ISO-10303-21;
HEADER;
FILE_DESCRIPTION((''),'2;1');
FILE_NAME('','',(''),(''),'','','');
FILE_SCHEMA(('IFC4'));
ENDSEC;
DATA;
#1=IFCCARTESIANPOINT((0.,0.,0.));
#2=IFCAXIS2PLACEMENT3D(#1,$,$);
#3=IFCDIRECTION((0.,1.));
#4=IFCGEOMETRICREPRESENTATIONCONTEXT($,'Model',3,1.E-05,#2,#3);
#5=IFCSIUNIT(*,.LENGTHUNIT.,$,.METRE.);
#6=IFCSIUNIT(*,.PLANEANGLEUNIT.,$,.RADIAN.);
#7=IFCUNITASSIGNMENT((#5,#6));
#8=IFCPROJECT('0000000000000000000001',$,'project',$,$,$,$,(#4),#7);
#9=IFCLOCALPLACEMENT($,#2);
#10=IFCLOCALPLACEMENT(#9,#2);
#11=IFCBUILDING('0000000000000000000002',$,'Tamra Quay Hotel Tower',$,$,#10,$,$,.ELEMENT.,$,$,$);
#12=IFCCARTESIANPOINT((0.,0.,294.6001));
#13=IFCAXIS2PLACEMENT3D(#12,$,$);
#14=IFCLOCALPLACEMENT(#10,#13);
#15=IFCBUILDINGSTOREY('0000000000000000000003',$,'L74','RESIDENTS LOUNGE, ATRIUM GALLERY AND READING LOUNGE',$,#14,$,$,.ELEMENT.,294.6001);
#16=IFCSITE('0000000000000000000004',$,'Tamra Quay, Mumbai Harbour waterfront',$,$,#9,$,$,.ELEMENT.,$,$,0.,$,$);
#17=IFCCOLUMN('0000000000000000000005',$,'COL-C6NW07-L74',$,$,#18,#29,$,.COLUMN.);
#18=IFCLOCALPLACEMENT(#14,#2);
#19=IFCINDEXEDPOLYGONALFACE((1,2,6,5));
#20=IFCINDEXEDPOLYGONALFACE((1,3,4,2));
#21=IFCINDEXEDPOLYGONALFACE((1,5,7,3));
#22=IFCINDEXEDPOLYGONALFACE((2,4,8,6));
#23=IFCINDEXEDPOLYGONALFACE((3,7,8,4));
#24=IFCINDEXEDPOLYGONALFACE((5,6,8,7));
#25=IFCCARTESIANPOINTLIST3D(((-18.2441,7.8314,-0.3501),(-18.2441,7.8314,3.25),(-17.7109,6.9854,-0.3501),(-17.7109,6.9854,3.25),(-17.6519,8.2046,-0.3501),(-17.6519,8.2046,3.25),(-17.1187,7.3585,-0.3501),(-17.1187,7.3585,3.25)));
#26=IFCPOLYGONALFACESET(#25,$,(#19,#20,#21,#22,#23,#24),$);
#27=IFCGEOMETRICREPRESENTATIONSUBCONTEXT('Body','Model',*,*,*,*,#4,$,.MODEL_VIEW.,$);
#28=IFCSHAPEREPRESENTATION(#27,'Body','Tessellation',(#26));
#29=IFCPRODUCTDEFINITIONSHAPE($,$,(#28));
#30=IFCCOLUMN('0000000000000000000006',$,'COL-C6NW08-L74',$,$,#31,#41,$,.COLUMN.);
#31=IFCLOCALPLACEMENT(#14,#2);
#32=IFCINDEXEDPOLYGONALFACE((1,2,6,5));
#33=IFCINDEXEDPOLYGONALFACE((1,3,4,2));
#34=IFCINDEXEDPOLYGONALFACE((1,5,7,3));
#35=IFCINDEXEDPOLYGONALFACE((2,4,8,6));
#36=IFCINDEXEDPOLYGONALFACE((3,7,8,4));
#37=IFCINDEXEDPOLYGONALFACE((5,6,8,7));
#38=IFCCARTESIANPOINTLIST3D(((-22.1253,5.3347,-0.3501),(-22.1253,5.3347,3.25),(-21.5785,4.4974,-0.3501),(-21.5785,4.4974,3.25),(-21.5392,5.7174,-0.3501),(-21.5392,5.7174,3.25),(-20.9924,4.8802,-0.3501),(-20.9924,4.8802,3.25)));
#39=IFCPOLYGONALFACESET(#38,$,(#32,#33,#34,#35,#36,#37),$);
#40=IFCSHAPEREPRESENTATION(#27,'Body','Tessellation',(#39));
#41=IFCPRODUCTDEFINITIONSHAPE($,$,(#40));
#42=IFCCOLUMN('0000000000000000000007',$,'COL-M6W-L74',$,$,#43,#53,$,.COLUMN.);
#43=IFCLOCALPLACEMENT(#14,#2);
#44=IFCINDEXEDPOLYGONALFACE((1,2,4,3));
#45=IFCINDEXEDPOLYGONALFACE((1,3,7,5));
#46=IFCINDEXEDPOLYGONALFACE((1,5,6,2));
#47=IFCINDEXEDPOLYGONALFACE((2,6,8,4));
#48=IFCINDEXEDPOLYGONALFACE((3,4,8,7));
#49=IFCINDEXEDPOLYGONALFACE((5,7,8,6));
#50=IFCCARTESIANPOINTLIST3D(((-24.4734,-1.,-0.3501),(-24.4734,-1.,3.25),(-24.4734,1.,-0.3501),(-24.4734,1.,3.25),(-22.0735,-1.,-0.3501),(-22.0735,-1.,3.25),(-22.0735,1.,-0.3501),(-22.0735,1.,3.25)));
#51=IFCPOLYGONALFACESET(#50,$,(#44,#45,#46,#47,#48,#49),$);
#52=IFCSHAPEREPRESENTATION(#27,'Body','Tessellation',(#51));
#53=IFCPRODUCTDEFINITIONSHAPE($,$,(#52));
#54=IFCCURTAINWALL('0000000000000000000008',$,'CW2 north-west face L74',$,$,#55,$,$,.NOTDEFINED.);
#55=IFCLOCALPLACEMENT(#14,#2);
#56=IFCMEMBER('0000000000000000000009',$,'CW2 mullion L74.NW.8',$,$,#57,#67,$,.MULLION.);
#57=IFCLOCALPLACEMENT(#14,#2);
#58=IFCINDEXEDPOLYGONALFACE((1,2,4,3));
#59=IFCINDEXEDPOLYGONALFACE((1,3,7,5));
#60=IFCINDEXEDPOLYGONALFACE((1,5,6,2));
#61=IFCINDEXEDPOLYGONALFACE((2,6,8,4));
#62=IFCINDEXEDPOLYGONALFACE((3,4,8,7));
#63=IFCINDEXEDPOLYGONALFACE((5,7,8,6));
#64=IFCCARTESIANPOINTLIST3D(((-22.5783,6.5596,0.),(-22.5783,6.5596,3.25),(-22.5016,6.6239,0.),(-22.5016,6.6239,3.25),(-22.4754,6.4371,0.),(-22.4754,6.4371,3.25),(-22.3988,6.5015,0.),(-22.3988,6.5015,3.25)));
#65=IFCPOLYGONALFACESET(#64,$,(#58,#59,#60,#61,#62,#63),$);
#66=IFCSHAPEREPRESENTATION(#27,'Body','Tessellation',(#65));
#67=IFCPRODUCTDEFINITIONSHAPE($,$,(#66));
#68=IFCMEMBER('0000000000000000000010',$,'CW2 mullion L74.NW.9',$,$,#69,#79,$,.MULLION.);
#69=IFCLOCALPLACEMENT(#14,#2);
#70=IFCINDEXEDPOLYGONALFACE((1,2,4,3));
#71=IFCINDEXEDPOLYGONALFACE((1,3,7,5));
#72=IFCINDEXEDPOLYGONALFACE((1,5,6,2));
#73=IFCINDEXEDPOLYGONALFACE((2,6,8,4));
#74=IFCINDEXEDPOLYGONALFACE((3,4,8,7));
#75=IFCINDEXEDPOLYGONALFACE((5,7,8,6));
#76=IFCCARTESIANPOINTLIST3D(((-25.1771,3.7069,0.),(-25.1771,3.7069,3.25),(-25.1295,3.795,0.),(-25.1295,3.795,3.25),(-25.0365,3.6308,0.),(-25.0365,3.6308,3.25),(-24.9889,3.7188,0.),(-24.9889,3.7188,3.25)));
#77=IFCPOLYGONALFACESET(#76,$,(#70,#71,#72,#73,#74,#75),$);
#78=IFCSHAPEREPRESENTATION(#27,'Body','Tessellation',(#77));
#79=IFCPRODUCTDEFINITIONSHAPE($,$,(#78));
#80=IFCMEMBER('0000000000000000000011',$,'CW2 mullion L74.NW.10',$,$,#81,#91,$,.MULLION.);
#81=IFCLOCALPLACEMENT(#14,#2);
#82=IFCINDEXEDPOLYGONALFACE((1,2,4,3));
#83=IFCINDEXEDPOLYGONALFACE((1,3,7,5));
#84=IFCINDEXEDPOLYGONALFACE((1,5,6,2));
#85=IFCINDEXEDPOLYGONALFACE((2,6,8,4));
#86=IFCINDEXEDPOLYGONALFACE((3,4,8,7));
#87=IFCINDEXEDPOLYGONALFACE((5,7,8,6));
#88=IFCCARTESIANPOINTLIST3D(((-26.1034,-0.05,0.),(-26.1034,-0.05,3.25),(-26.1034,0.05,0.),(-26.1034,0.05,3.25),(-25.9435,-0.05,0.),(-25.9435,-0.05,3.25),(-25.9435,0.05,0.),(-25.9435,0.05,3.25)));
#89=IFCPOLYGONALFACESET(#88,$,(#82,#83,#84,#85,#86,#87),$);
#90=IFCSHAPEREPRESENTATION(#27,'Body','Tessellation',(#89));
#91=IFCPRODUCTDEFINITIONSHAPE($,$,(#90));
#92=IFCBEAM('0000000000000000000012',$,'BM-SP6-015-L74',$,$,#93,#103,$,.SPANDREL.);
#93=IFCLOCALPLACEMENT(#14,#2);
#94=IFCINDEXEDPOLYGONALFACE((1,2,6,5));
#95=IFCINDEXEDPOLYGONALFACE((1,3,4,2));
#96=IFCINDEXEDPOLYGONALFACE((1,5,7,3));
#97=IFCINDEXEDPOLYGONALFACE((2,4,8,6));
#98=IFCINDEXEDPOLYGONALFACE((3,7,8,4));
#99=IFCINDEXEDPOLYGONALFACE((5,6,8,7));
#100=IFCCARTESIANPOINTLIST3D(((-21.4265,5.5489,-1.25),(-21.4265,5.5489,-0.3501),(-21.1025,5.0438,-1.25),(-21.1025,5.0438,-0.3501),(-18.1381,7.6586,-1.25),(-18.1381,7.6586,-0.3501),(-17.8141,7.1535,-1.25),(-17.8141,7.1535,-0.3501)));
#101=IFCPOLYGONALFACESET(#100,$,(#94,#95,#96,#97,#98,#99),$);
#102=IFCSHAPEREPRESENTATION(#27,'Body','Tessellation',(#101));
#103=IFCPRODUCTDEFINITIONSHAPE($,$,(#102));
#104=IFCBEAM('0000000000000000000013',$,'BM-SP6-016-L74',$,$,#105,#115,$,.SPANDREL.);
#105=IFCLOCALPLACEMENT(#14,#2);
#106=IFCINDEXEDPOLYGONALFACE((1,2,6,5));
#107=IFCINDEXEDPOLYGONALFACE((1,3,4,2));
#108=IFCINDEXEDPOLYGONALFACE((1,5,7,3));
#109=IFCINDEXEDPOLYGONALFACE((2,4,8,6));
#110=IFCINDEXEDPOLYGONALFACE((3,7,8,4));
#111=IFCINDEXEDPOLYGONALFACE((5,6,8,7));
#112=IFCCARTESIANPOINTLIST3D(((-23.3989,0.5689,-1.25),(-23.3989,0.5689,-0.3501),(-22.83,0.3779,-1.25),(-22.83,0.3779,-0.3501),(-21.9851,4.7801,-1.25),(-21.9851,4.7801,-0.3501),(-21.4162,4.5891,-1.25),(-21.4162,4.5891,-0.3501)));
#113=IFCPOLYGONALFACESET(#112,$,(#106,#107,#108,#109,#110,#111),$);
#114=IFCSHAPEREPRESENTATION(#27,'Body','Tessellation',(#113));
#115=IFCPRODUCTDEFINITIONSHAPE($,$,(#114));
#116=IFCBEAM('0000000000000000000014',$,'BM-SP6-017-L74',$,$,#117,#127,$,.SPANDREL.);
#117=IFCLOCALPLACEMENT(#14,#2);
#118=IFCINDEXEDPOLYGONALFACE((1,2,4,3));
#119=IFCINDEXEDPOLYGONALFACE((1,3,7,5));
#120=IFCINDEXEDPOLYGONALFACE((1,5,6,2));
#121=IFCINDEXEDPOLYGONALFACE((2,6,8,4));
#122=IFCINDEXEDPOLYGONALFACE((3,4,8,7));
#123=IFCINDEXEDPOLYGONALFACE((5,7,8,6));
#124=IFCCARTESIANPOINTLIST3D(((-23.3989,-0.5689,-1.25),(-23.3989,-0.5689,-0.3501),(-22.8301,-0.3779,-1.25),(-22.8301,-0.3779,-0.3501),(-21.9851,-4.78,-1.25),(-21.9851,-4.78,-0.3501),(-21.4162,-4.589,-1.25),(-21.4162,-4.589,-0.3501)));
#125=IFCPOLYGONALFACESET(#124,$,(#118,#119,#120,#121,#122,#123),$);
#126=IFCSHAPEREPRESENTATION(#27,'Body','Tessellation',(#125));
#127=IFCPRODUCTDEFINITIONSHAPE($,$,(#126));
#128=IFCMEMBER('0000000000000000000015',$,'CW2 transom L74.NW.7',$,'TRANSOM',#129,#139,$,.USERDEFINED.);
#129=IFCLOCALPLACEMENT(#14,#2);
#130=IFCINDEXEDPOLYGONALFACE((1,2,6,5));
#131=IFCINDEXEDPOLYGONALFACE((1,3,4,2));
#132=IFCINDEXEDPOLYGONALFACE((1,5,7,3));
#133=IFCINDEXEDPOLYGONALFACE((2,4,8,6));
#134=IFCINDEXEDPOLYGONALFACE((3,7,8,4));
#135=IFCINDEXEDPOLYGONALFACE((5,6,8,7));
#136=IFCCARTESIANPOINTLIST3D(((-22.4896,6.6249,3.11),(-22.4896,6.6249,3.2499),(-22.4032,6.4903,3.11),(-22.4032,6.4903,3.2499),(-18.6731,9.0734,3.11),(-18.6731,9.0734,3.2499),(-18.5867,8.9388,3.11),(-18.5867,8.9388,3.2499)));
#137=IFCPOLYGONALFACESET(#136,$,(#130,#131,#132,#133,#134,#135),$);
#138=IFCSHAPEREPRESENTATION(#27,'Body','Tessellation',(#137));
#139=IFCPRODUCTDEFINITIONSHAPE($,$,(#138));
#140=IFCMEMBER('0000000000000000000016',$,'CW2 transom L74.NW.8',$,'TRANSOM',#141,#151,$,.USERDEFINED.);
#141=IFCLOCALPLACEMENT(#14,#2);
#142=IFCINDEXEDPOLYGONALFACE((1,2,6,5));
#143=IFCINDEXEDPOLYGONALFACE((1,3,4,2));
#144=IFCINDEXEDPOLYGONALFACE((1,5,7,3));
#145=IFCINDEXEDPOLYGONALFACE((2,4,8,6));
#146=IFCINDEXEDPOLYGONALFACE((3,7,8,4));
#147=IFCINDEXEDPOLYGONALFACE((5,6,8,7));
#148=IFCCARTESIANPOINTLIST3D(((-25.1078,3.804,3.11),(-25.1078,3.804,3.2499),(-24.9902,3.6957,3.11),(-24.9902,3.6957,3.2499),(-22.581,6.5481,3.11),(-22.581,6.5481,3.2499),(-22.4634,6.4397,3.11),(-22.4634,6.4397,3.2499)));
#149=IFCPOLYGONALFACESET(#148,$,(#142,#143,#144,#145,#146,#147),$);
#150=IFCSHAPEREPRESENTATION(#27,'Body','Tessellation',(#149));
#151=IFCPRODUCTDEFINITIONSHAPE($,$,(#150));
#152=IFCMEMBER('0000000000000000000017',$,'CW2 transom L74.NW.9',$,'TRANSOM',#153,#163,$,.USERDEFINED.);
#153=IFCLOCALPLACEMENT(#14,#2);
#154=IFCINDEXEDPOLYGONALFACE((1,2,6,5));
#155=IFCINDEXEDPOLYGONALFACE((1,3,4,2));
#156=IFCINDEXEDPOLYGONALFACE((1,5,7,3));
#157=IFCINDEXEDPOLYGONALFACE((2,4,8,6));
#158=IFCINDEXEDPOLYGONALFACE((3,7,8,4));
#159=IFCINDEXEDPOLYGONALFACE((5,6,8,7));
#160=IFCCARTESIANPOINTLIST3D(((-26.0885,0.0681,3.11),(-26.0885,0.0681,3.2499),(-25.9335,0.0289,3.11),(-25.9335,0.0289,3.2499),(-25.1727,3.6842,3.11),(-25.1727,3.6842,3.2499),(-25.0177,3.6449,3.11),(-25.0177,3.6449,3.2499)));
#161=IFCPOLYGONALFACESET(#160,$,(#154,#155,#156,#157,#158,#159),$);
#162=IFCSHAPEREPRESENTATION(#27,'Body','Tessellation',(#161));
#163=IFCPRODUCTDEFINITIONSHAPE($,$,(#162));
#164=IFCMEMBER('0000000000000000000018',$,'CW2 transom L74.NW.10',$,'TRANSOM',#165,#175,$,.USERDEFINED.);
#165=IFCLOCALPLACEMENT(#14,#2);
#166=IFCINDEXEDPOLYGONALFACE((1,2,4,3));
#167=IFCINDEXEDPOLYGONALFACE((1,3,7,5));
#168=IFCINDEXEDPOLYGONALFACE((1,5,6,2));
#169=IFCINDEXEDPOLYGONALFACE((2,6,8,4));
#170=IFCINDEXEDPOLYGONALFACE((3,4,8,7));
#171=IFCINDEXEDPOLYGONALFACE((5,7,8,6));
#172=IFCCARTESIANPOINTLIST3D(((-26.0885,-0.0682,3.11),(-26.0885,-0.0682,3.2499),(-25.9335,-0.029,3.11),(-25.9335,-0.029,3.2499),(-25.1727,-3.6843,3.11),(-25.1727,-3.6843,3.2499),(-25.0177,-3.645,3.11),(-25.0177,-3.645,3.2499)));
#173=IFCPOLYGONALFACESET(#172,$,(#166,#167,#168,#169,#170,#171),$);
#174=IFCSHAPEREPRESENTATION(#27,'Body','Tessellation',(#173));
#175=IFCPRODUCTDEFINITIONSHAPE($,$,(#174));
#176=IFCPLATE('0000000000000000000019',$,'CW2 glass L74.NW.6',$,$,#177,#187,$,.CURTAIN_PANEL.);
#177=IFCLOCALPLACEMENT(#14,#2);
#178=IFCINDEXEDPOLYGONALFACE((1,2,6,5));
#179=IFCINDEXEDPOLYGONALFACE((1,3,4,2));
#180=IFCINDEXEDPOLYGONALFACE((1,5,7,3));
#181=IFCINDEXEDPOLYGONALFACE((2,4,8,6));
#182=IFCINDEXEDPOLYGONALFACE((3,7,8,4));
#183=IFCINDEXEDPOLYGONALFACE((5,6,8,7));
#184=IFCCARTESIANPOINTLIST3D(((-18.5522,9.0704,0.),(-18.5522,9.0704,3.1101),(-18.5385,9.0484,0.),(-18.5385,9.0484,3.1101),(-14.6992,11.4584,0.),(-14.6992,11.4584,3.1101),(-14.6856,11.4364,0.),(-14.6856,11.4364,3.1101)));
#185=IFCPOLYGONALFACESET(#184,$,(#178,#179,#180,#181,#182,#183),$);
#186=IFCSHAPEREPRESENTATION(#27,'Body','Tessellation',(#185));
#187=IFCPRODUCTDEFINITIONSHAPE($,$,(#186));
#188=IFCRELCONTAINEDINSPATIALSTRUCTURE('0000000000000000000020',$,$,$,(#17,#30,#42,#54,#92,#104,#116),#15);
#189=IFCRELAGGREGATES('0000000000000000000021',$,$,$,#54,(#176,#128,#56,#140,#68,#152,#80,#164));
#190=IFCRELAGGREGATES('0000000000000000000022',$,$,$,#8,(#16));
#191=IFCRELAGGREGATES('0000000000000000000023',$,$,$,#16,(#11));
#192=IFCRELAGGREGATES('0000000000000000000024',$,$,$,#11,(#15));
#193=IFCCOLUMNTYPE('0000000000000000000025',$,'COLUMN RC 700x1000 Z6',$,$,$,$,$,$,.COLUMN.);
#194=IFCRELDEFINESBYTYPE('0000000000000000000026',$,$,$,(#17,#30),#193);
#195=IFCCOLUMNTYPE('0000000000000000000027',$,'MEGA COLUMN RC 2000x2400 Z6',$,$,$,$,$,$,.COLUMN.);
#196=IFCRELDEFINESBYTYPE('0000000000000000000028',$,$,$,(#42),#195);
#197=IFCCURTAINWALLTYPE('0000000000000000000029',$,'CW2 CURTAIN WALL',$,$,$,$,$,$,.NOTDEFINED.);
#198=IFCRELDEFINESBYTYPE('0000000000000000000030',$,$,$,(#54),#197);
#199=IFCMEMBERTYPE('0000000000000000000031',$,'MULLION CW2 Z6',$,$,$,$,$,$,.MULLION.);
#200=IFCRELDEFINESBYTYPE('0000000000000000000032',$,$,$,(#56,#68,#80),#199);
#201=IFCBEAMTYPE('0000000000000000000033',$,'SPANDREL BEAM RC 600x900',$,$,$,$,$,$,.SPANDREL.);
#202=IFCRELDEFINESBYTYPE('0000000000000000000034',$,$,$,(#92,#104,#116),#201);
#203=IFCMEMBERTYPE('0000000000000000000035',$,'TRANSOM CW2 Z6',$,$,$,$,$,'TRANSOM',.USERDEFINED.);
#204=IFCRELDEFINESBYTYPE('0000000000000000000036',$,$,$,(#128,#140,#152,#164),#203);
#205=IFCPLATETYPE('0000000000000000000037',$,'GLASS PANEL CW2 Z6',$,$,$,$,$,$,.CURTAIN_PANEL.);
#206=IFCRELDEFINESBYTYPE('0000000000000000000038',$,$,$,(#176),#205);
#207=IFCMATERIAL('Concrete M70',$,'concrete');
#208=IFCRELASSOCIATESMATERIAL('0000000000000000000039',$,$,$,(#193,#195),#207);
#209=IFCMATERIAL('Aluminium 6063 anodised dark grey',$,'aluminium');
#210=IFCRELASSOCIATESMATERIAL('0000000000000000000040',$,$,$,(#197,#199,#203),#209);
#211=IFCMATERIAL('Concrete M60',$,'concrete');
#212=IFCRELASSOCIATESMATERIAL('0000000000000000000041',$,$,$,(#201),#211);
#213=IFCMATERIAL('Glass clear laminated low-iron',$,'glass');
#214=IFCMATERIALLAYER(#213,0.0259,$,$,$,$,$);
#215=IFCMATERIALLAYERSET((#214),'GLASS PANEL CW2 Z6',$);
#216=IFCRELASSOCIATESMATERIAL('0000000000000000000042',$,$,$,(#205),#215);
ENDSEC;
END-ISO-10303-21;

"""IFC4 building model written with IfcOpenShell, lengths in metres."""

from ifc_helpers import new_model, si_unit, direction, frame, origin, origin_2d, place, context, subcontext, project, spatial, rectangle, extrude, material, layer, layer_set, material_profile, profile_set, type_object, element, aggregate, save


model = new_model("IFC4")

# Units and contexts
model_context = context("Model", 3, precision=1e-05, world=origin(), true_north=direction((0.0, 1.0)))
body_context = subcontext(model_context, "Body", "Model", "MODEL_VIEW")
ifc_project = project(units=[si_unit("LENGTHUNIT", "METRE"), si_unit("PLANEANGLEUNIT", "RADIAN")], contexts=[model_context])

# Site, building, storey
site_placement = place(None, origin())
site = spatial("IfcSite", under=ifc_project, at=site_placement, Name="Tamra Quay, Mumbai Harbour waterfront", CompositionType="ELEMENT", RefElevation=0.0)
building_placement = place(site_placement, origin())
building = spatial("IfcBuilding", under=site, at=building_placement, Name="Tamra Quay Hotel Tower", CompositionType="ELEMENT")
storey_placement = place(building_placement, frame((0.0, 0.0, 294.6001)))
storey = spatial("IfcBuildingStorey", under=building, at=storey_placement, Name="L74", Description="RESIDENTS LOUNGE, ATRIUM GALLERY AND READING LOUNGE", CompositionType="ELEMENT", Elevation=294.6001)

# Columns
ifc_material_1 = material(Name="Concrete M70", Category="concrete")
ifc_material_profile_1 = material_profile(ifc_material_1, rectangle(XDim=1.0, YDim=0.7, at=origin_2d()), Name="COLUMN RC 700x1000 Z6")
ifc_profile_set_1 = profile_set([ifc_material_profile_1], Name="Concrete M70")
column_type_1 = type_object("IfcColumnType", Name="COLUMN RC 700x1000 Z6", PredefinedType="COLUMN", material=ifc_profile_set_1)
for number, where, z_axis, x_axis, name in (
    (1, (-17.6814, 7.595, -0.3501), (0.0, 0.0, 1.0), (-0.533133, 0.846031, 0.0), "COL-C6NW07-L74"),
    (2, (-21.5588, 5.1074, -0.3501), (0.0, 0.0, 1.0), (-0.546805, 0.83726, 0.0), "COL-C6NW08-L74"),
):
    element("IfcColumn", number, at=place(storey_placement, frame(where, z_axis=z_axis, x_axis=x_axis)), inside=storey, type_object=column_type_1, Name=name, PredefinedType="COLUMN", context=body_context, shape_type="SweptSolid", body=[
        extrude(rectangle(XDim=1.0, YDim=0.7, at=origin_2d()), origin(), (0.0, 0.0, 1.0), 3.6001),
    ])
ifc_material_profile_2 = material_profile(ifc_material_1, rectangle(XDim=2.3999, YDim=2.0, at=origin_2d()), Name="MEGA COLUMN RC 2000x2400 Z6")
ifc_profile_set_2 = profile_set([ifc_material_profile_2], Name="Concrete M70")
column_type_2 = type_object("IfcColumnType", Name="MEGA COLUMN RC 2000x2400 Z6", PredefinedType="COLUMN", material=ifc_profile_set_2)
column_placement = place(storey_placement, frame((-23.2734, 0.0, -0.3501), z_axis=(0.0, 0.0, 1.0), x_axis=(1.0, 0.0, 0.0)))
element("IfcColumn", 3, at=column_placement, inside=storey, type_object=column_type_2, Name="COL-M6W-L74", PredefinedType="COLUMN", context=body_context, shape_type="SweptSolid", body=[
    extrude(rectangle(XDim=2.3999, YDim=2.0, at=origin_2d()), origin(), (0.0, 0.0, 1.0), 3.6001),
])

# Curtain wall, members
ifc_material_2 = material(Name="Aluminium 6063 anodised dark grey", Category="aluminium")
curtain_wall_type = type_object("IfcCurtainWallType", Name="CW2 CURTAIN WALL", PredefinedType="NOTDEFINED", material=ifc_material_2)
curtain_wall_placement = place(storey_placement, origin())
curtain_wall = element("IfcCurtainWall", 4, at=curtain_wall_placement, inside=storey, type_object=curtain_wall_type, Name="CW2 north-west face L74", PredefinedType="NOTDEFINED")
ifc_material_profile_3 = material_profile(ifc_material_2, rectangle(XDim=0.1599, YDim=0.1001, at=origin_2d()), Name="MULLION 100X160")
ifc_profile_set_3 = profile_set([ifc_material_profile_3], Name="Aluminium 6063 anodised dark grey")
member_type_1 = type_object("IfcMemberType", Name="MULLION CW2 Z6", PredefinedType="MULLION", material=ifc_profile_set_3)
member_1_placement = place(storey_placement, frame((-22.4885, 6.5305, 0.0), z_axis=(0.0, 0.0, 1.0), x_axis=(-0.643086, 0.765794, 0.0)))
member_1 = element("IfcMember", 5, at=member_1_placement, type_object=member_type_1, Name="CW2 mullion L74.NW.8", PredefinedType="MULLION", context=body_context, shape_type="SweptSolid", body=[
    extrude(rectangle(XDim=0.1599, YDim=0.1001, at=origin_2d()), origin(), (0.0, 0.0, 1.0), 3.25),
])
member_2_placement = place(storey_placement, frame((-25.083, 3.7129, 0.0), z_axis=(0.0, 0.0, 1.0), x_axis=(-0.879433, 0.476023, 0.0)))
member_2 = element("IfcMember", 6, at=member_2_placement, type_object=member_type_1, Name="CW2 mullion L74.NW.9", PredefinedType="MULLION", context=body_context, shape_type="SweptSolid", body=[
    extrude(rectangle(XDim=0.1599, YDim=0.1001, at=origin_2d()), origin(), (0.0, 0.0, 1.0), 3.25),
])
member_3_placement = place(storey_placement, frame((-26.0234, 0.0, 0.0), z_axis=(0.0, 0.0, 1.0), x_axis=(-1.0, 0.0, 0.0)))
member_3 = element("IfcMember", 7, at=member_3_placement, type_object=member_type_1, Name="CW2 mullion L74.NW.10", PredefinedType="MULLION", context=body_context, shape_type="SweptSolid", body=[
    extrude(rectangle(XDim=0.1599, YDim=0.1001, at=origin_2d()), origin(), (0.0, 0.0, 1.0), 3.25),
])

# Beams
ifc_material_3 = material(Name="Concrete M60", Category="concrete")
ifc_material_profile_4 = material_profile(ifc_material_3, rectangle(XDim=0.6001, YDim=0.8999, at=origin_2d()), Name="SPANDREL BEAM RC 600x900")
ifc_profile_set_4 = profile_set([ifc_material_profile_4], Name="Concrete M60")
beam_type = type_object("IfcBeamType", Name="SPANDREL BEAM RC 600x900", PredefinedType="SPANDREL", material=ifc_profile_set_4)
beam_placement = place(storey_placement, frame((-17.9761, 7.406, -0.8), z_axis=(-0.84168, -0.539977, 0.0), x_axis=(0.539977, -0.84168, 0.0)))
element("IfcBeam", 8, at=beam_placement, inside=storey, type_object=beam_type, Name="BM-SP6-015-L74", PredefinedType="SPANDREL", context=body_context, shape_type="SweptSolid", body=[
    extrude(rectangle(XDim=0.6001, YDim=0.8999, at=origin_2d()), origin(), (0.0, 0.0, 1.0), 3.907),
])
for number, where, z_axis, x_axis, name in (
    (9, (-21.7007, 4.6846, -0.8), (-0.318272, -0.948, 0.0), (0.948, -0.318272, 0.0), "BM-SP6-016-L74"),
    (10, (-23.1145, -0.4734, -0.8), (0.318272, -0.948, 0.0), (0.948, 0.318272, 0.0), "BM-SP6-017-L74"),
):
    element("IfcBeam", number, at=place(storey_placement, frame(where, z_axis=z_axis, x_axis=x_axis)), inside=storey, type_object=beam_type, Name=name, PredefinedType="SPANDREL", context=body_context, shape_type="SweptSolid", body=[
        extrude(rectangle(XDim=0.6001, YDim=0.8999, at=origin_2d()), origin(), (0.0, 0.0, 1.0), 4.4421),
    ])

# Members
ifc_material_profile_5 = material_profile(ifc_material_2, rectangle(XDim=0.1599, YDim=0.1399, at=origin_2d()), Name="TRANSOM 160X140")
ifc_profile_set_5 = profile_set([ifc_material_profile_5], Name="Aluminium 6063 anodised dark grey")
member_type_2 = type_object("IfcMemberType", Name="TRANSOM CW2 Z6", ElementType="TRANSOM", PredefinedType="USERDEFINED", material=ifc_profile_set_5)
member_4_placement = place(storey_placement, frame((-18.6299, 9.0061, 3.1799), z_axis=(-0.841671, -0.53999, 0.0), x_axis=(0.53999, -0.841671, 0.0)))
member_4 = element("IfcMember", 11, at=member_4_placement, type_object=member_type_2, Name="CW2 transom L74.NW.7", ObjectType="TRANSOM", PredefinedType="USERDEFINED", context=body_context, shape_type="SweptSolid", body=[
    extrude(rectangle(XDim=0.1599, YDim=0.1399, at=origin_2d()), origin(), (0.0, 0.0, 1.0), 4.5344),
])
member_5_placement = place(storey_placement, frame((-22.5222, 6.4939, 3.1799), z_axis=(-0.677383, -0.735631, 0.0), x_axis=(0.735631, -0.677383, 0.0)))
member_5 = element("IfcMember", 12, at=member_5_placement, type_object=member_type_2, Name="CW2 transom L74.NW.8", ObjectType="TRANSOM", PredefinedType="USERDEFINED", context=body_context, shape_type="SweptSolid", body=[
    extrude(rectangle(XDim=0.1599, YDim=0.1399, at=origin_2d()), origin(), (0.0, 0.0, 1.0), 3.7302),
])
member_6_placement = place(storey_placement, frame((-25.0952, 3.6646, 3.1799), z_axis=(-0.245507, -0.969395, 0.0), x_axis=(0.969395, -0.245507, 0.0)))
member_6 = element("IfcMember", 13, at=member_6_placement, type_object=member_type_2, Name="CW2 transom L74.NW.9", ObjectType="TRANSOM", PredefinedType="USERDEFINED", context=body_context, shape_type="SweptSolid", body=[
    extrude(rectangle(XDim=0.1599, YDim=0.1399, at=origin_2d()), origin(), (0.0, 0.0, 1.0), 3.7302),
])
member_7_placement = place(storey_placement, frame((-26.011, -0.0486, 3.1799), z_axis=(0.245507, -0.969395, 0.0), x_axis=(0.969395, 0.245507, 0.0)))
member_7 = element("IfcMember", 14, at=member_7_placement, type_object=member_type_2, Name="CW2 transom L74.NW.10", ObjectType="TRANSOM", PredefinedType="USERDEFINED", context=body_context, shape_type="SweptSolid", body=[
    extrude(rectangle(XDim=0.1599, YDim=0.1399, at=origin_2d()), origin(), (0.0, 0.0, 1.0), 3.7302),
])

# Plate
ifc_material_4 = material(Name="Glass clear laminated low-iron", Category="glass")
ifc_layer_1 = layer(ifc_material_4, 0.0259)
ifc_layer_set_1 = layer_set([ifc_layer_1], Name="GLASS PANEL CW2 Z6")
plate_type = type_object("IfcPlateType", Name="GLASS PANEL CW2 Z6", PredefinedType="CURTAIN_PANEL", material=ifc_layer_set_1)
plate_1_placement = place(storey_placement, frame((-16.6189, 10.2534, 0.0), z_axis=(0.0, 0.0, 1.0), x_axis=(-0.849982, -0.526812, 0.0)))
plate_1 = element("IfcPlate", 15, at=plate_1_placement, type_object=plate_type, Name="CW2 glass L74.NW.6", PredefinedType="CURTAIN_PANEL", context=body_context, shape_type="SweptSolid", body=[
    extrude(rectangle(XDim=4.533, YDim=0.0259, at=origin_2d()), origin(), (0.0, 0.0, 1.0), 3.1101),
])
aggregate(curtain_wall, [plate_1, member_4, member_1, member_5, member_2, member_6, member_3, member_7])

save(model, "model.ifc")
